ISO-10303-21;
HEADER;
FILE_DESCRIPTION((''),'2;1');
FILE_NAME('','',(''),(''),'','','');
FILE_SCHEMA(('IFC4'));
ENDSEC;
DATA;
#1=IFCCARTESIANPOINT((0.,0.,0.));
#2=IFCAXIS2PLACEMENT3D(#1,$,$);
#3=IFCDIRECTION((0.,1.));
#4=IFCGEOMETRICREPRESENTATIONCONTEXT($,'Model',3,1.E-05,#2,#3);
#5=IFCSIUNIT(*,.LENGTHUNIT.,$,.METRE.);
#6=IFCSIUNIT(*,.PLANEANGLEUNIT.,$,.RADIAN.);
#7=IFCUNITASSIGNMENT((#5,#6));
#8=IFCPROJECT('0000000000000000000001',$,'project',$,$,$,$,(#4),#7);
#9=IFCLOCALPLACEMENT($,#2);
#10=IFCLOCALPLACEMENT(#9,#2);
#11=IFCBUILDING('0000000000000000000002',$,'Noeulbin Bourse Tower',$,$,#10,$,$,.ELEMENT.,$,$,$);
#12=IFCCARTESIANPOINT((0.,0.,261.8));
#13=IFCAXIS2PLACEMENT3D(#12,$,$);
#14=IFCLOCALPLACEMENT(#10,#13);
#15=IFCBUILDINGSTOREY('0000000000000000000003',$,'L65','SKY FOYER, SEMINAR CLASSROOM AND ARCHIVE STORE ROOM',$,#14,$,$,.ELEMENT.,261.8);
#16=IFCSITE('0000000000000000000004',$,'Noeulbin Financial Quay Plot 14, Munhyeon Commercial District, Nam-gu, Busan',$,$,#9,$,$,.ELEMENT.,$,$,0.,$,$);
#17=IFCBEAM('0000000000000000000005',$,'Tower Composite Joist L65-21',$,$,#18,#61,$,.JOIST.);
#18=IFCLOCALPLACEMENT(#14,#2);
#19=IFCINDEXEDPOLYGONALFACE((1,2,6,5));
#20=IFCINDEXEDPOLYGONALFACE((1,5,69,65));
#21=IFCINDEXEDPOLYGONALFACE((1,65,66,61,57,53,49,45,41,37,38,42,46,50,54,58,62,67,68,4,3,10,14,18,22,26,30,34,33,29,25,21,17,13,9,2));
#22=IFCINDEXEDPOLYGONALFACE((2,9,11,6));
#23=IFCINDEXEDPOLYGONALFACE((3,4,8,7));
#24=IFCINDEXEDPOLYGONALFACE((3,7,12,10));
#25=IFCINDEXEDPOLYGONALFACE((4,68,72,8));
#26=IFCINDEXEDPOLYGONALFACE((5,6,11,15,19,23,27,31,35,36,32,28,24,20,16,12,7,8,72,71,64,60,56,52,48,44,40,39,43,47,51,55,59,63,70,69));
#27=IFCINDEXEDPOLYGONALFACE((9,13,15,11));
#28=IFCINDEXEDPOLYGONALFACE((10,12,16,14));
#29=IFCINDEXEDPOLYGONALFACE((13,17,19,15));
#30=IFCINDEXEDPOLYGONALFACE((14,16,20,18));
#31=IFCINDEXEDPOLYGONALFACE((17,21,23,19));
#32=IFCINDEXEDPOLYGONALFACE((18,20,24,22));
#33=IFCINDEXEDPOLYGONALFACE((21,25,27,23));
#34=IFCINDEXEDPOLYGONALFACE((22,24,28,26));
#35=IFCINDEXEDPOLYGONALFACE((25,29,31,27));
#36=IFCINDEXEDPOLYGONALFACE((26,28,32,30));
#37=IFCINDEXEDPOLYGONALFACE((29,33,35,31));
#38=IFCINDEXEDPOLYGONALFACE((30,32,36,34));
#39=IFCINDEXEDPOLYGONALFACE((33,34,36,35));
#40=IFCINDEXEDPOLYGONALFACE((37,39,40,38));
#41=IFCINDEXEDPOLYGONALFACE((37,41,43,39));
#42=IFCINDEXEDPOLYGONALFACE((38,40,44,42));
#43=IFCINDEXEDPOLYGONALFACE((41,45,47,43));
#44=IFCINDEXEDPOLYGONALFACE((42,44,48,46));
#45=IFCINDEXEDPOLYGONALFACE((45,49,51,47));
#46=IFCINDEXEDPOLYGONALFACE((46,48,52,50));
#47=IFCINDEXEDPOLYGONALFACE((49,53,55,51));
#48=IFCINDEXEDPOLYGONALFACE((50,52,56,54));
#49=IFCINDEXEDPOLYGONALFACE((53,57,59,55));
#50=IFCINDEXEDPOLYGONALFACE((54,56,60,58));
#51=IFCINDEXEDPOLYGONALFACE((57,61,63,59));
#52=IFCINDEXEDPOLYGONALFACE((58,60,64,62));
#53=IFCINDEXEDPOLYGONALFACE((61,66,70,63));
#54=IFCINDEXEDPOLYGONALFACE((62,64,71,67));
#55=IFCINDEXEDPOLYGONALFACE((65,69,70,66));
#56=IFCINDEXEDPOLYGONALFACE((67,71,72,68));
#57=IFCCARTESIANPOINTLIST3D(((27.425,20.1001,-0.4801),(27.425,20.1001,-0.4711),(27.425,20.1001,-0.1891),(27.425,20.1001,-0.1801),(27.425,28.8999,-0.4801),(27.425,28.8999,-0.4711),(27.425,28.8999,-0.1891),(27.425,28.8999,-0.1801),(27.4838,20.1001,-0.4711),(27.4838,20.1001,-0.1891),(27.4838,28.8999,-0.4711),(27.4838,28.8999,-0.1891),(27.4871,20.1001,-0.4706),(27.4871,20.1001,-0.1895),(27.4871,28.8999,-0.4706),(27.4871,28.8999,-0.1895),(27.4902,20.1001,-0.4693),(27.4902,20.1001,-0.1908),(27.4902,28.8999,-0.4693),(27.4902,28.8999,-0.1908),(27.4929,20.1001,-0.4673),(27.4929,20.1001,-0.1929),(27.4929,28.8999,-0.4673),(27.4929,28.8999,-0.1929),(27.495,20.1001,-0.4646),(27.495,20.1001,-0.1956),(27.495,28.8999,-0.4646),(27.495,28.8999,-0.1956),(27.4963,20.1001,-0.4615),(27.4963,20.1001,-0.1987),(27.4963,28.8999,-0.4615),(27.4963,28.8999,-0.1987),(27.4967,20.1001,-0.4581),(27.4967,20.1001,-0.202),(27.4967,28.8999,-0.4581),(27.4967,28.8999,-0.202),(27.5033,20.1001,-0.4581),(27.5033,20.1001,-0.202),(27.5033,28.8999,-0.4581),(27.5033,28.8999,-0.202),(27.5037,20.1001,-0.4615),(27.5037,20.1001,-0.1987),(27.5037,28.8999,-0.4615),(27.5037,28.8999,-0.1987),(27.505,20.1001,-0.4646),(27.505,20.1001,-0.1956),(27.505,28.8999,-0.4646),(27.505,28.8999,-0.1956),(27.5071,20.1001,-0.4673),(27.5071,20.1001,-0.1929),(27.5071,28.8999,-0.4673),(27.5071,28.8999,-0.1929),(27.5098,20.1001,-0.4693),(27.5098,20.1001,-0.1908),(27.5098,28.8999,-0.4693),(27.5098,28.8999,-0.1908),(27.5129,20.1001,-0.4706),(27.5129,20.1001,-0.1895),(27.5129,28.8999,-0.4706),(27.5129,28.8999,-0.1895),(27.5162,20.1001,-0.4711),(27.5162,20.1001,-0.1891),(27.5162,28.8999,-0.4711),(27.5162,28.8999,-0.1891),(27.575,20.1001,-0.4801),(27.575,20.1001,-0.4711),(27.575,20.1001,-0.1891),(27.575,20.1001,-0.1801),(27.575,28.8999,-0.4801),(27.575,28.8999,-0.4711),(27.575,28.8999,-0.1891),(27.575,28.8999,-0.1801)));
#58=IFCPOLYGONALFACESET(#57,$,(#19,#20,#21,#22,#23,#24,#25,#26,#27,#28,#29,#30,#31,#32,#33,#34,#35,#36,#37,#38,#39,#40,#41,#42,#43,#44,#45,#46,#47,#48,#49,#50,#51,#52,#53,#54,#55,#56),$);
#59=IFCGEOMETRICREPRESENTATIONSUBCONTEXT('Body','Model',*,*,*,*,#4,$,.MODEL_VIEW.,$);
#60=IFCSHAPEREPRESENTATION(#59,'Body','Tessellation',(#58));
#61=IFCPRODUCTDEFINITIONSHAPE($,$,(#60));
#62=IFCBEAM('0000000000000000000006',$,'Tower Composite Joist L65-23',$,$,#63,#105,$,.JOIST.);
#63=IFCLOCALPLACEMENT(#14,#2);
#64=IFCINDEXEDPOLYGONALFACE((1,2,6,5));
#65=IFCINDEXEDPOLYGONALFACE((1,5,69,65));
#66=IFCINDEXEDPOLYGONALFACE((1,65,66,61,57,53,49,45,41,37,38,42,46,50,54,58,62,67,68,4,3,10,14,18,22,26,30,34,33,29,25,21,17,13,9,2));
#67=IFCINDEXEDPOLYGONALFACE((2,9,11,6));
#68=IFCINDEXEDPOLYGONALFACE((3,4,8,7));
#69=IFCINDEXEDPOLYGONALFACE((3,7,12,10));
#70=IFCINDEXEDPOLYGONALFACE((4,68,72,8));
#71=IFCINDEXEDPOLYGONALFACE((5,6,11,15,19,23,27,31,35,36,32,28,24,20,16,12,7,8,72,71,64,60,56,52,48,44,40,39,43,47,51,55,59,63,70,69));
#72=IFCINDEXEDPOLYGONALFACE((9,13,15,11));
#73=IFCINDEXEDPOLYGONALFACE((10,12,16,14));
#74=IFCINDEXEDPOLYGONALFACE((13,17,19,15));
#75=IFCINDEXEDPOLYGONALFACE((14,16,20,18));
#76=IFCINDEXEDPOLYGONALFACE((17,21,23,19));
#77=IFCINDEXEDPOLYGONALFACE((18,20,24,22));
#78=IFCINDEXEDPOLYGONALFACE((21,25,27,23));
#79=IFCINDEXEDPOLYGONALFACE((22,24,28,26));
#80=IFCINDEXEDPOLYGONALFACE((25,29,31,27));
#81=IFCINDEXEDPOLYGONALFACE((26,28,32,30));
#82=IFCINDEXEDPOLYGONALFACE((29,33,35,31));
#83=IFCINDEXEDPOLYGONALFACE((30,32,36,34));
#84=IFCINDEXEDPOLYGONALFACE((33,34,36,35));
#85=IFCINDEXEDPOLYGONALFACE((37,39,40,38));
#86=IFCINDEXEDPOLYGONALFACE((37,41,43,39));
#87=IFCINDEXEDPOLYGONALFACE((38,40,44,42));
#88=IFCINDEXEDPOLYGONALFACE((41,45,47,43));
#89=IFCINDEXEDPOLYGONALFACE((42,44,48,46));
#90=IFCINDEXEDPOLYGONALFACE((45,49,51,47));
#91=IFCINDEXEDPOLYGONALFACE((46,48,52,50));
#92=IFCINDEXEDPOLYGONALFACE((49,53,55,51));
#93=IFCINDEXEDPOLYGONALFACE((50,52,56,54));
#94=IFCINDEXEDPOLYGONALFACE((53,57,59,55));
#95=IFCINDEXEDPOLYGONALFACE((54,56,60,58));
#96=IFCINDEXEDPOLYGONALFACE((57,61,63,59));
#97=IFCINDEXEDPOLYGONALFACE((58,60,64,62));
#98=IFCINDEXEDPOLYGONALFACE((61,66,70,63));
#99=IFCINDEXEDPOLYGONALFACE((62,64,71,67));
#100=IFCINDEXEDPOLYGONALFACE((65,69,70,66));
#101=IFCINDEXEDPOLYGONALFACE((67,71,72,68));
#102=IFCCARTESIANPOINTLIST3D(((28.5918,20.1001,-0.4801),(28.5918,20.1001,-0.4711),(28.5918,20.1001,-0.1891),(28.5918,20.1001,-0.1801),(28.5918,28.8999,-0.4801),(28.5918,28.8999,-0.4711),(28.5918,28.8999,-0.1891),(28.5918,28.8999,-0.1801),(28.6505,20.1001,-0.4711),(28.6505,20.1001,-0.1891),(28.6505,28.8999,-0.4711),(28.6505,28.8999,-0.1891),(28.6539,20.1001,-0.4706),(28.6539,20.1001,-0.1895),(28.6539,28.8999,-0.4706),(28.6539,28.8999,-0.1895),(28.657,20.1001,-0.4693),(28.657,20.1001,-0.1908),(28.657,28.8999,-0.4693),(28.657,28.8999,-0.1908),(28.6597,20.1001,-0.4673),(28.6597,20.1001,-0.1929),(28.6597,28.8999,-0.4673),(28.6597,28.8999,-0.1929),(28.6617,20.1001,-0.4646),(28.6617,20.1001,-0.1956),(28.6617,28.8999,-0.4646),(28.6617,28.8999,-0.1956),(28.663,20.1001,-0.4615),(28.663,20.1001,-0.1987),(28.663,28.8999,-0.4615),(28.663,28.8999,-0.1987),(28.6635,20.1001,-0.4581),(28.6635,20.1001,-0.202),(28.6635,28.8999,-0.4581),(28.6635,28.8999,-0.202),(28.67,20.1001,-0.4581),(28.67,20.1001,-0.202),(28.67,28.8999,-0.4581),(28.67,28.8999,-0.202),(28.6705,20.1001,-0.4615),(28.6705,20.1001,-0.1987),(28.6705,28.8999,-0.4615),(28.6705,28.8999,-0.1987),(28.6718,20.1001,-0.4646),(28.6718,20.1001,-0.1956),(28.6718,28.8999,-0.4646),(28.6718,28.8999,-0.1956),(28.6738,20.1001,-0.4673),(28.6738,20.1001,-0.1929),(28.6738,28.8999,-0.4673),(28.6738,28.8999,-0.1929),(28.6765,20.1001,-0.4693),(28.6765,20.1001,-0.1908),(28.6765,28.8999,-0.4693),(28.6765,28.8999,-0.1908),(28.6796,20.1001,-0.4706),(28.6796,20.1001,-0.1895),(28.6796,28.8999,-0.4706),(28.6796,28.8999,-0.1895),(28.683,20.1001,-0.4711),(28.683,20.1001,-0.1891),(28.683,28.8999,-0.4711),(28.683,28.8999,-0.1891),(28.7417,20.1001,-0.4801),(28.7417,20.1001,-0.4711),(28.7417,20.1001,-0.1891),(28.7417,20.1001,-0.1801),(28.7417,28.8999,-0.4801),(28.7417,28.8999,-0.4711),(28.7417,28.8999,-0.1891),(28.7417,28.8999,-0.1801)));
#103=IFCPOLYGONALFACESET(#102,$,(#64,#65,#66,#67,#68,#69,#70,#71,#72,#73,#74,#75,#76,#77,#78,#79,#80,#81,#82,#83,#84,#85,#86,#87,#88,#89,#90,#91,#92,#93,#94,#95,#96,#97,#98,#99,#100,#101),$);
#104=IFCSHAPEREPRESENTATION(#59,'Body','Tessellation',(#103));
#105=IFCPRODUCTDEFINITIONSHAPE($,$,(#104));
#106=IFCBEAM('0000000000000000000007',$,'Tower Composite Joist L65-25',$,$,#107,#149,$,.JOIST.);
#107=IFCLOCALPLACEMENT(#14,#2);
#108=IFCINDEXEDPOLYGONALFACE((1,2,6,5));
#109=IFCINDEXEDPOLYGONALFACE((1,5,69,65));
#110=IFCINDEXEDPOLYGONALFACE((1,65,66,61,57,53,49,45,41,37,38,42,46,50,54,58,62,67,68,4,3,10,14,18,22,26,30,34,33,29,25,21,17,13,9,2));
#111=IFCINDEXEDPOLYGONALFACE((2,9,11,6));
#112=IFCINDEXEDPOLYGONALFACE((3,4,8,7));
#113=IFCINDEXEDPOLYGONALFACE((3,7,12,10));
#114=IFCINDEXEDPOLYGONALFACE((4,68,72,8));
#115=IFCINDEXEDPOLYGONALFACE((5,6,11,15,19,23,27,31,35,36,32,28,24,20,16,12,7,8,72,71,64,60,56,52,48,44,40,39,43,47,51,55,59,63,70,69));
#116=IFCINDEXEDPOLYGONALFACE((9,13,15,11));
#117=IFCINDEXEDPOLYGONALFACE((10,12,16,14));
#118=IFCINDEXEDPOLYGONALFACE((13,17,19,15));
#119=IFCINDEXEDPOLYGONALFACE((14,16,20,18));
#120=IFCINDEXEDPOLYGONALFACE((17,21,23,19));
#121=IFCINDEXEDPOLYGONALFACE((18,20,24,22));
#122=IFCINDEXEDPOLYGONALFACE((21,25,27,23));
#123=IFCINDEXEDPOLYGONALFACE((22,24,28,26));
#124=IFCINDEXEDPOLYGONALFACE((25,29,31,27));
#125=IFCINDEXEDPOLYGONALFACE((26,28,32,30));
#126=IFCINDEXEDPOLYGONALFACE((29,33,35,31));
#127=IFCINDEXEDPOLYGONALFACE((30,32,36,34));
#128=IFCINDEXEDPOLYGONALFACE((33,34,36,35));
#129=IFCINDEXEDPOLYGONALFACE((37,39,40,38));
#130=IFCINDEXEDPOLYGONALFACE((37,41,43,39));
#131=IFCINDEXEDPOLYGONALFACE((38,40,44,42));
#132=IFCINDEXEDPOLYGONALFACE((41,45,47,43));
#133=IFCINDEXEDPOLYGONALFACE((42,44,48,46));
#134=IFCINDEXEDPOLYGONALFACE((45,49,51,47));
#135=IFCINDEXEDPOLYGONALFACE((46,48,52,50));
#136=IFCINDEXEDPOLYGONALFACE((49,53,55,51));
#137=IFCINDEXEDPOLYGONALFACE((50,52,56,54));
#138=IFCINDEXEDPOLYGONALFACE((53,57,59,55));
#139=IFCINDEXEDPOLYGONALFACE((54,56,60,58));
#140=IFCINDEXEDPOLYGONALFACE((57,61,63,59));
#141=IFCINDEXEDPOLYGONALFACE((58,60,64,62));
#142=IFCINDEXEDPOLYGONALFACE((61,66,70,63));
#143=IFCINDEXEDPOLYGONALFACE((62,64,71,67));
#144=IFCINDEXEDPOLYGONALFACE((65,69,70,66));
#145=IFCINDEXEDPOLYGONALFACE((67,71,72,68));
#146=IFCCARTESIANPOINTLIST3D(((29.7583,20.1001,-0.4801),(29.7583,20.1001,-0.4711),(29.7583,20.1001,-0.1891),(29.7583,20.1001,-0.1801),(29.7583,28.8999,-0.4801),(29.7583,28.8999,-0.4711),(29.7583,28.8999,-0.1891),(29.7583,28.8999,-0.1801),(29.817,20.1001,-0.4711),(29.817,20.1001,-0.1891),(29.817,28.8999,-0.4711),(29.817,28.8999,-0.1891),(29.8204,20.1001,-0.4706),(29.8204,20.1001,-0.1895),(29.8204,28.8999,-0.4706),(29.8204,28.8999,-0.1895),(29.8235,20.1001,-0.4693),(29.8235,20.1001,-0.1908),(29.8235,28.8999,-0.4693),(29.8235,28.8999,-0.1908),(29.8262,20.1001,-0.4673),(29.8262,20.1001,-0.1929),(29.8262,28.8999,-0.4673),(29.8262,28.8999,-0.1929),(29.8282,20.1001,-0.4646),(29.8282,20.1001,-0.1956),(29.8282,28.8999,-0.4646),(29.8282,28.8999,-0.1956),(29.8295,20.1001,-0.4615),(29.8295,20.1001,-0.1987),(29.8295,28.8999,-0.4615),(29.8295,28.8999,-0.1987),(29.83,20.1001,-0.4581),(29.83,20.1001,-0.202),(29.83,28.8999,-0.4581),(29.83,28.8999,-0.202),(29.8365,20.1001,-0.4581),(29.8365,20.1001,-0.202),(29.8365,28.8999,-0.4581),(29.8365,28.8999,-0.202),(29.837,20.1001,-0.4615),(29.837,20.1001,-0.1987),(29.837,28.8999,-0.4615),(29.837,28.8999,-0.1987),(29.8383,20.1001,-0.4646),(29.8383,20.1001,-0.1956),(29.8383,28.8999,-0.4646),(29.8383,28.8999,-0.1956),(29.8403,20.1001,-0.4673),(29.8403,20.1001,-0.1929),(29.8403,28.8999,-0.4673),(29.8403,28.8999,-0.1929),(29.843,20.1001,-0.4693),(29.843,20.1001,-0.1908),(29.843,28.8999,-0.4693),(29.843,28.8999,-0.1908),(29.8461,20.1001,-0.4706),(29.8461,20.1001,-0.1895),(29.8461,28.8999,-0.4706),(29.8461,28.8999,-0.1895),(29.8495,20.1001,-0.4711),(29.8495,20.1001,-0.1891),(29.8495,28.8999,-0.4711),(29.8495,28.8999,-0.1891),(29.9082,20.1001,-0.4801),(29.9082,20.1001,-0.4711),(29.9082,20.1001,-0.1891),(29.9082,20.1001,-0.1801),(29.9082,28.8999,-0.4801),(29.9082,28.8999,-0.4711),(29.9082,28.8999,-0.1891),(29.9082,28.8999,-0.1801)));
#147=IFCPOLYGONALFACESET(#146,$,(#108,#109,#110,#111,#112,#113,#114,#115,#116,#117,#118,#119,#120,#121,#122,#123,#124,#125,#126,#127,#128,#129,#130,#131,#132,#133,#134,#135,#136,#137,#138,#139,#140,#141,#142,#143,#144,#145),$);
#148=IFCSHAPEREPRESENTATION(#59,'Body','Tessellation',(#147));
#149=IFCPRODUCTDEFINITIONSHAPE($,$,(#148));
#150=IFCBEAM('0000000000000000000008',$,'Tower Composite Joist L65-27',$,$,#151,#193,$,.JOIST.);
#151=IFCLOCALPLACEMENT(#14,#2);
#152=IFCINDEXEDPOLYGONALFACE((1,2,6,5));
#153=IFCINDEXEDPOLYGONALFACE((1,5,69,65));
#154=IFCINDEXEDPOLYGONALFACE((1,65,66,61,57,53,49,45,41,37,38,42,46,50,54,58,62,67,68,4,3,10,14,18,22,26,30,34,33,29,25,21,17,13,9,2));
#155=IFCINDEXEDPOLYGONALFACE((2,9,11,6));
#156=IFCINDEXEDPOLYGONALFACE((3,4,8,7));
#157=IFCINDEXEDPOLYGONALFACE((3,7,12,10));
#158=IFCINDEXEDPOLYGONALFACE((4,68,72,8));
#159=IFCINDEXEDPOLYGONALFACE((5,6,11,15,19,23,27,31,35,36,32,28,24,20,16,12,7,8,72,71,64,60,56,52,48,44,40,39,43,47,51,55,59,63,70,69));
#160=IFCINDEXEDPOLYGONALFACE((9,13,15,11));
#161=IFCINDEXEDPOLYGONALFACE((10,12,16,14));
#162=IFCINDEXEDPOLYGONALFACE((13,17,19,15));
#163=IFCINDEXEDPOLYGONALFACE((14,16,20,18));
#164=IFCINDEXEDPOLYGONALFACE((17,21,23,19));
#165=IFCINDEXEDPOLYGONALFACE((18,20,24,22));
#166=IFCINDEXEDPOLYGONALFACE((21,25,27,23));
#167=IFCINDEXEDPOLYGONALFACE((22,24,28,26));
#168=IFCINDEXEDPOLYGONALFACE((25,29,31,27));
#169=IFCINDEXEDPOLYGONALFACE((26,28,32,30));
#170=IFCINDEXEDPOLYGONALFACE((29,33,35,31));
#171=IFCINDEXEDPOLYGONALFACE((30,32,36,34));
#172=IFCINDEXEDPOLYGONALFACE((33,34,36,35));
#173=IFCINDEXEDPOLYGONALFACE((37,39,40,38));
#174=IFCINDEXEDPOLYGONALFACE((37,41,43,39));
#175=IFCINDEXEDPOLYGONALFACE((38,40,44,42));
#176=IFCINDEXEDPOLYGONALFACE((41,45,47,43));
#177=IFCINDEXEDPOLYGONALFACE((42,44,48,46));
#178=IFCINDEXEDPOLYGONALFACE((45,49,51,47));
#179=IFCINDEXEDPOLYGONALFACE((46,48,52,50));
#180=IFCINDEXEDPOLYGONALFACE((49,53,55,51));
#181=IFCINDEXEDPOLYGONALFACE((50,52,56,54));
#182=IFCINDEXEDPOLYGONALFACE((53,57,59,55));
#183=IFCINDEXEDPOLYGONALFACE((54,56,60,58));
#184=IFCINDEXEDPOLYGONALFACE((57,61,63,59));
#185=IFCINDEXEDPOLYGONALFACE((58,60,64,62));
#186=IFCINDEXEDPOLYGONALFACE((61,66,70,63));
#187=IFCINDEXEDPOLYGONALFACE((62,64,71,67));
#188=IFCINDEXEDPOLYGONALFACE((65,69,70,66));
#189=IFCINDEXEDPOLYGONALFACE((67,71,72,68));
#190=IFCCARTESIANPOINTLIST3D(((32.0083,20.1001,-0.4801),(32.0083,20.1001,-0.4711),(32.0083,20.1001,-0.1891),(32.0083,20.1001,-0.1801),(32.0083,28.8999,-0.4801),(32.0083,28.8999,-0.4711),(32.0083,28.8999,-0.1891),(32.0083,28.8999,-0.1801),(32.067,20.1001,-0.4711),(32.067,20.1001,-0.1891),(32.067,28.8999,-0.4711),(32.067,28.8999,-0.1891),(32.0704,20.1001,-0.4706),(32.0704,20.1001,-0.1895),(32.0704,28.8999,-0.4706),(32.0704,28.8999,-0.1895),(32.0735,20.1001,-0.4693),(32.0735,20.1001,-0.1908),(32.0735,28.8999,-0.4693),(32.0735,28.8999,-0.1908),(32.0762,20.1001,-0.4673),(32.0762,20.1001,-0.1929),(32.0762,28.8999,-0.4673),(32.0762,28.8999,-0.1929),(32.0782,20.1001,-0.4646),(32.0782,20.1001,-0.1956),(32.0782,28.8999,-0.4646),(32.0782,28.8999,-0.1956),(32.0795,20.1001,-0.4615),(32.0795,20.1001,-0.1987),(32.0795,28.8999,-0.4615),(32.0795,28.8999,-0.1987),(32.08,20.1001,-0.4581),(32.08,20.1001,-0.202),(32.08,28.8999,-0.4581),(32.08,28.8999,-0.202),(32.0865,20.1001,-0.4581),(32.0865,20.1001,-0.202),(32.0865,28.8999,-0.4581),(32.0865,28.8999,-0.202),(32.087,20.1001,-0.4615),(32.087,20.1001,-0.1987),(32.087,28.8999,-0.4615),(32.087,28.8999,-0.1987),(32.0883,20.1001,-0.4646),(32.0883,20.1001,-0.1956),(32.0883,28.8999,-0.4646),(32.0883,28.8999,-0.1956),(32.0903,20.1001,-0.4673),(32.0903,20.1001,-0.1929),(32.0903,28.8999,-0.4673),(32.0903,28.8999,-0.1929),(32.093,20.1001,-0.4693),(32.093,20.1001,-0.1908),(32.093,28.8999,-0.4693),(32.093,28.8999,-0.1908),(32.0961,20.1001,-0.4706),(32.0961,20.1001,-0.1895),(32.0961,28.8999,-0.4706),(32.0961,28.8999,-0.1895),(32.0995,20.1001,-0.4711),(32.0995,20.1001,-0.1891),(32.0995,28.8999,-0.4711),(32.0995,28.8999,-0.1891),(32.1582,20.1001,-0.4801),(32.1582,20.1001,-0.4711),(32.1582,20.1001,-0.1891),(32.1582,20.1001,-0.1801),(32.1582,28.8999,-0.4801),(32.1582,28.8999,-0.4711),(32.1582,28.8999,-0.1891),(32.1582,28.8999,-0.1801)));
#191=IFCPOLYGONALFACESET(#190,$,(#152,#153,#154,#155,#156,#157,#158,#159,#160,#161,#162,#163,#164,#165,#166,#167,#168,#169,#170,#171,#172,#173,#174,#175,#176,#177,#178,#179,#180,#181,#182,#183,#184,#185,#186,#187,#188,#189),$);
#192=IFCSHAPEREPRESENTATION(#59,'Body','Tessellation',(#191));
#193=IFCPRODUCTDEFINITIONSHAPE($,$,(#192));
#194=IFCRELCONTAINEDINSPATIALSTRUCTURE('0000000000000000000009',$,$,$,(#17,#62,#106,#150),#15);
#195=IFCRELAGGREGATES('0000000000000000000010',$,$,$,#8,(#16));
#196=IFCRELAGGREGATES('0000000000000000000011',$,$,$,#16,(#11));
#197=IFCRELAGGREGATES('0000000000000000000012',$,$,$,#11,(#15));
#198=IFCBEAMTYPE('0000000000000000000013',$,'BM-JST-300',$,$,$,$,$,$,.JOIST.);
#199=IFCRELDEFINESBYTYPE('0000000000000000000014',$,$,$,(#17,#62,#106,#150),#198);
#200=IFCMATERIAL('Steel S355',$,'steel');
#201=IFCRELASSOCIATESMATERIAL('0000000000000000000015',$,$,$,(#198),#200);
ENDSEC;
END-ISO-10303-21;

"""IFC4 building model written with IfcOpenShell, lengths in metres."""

from ifc_helpers import new_model, si_unit, direction, frame, origin, origin_2d, place, context, subcontext, project, spatial, i_section, extrude, material, material_profile, profile_set, type_object, element, save


model = new_model("IFC4")

# Units and contexts
model_context = context("Model", 3, precision=1e-05, world=origin(), true_north=direction((0.0, 1.0)))
body_context = subcontext(model_context, "Body", "Model", "MODEL_VIEW")
ifc_project = project(units=[si_unit("LENGTHUNIT", "METRE"), si_unit("PLANEANGLEUNIT", "RADIAN")], contexts=[model_context])

# Site, building, storey
site_placement = place(None, origin())
site = spatial("IfcSite", under=ifc_project, at=site_placement, Name="Noeulbin Financial Quay Plot 14, Munhyeon Commercial District, Nam-gu, Busan", CompositionType="ELEMENT", RefElevation=0.0)
building_placement = place(site_placement, origin())
building = spatial("IfcBuilding", under=site, at=building_placement, Name="Noeulbin Bourse Tower", CompositionType="ELEMENT")
storey_placement = place(building_placement, frame((0.0, 0.0, 261.8)))
storey = spatial("IfcBuildingStorey", under=building, at=storey_placement, Name="L65", Description="SKY FOYER, SEMINAR CLASSROOM AND ARCHIVE STORE ROOM", CompositionType="ELEMENT", Elevation=261.8)

# Shared definitions
ifc_material_1 = material(Name="Steel S355", Category="steel")

# Beams
ifc_material_profile_1 = material_profile(ifc_material_1, i_section(OverallWidth=0.1499, OverallDepth=0.3, WebThickness=0.0066, FlangeThickness=0.009, FilletRadius=0.0129, at=origin_2d()), Name="H-300x150x6.5x9", Category="LoadBearing")
ifc_profile_set_1 = profile_set([ifc_material_profile_1], Name="Steel S355")
beam_type_1 = type_object("IfcBeamType", Name="BM-JST-300", PredefinedType="JOIST", material=ifc_profile_set_1)
for number, where, z_axis, x_axis, name in (
    (1, (27.5, 20.1001, -0.3301), (0.0, 1.0, 0.0), (-1.0, 0.0, 0.0), "Tower Composite Joist L65-21"),
    (2, (28.6667, 20.1001, -0.3301), (0.0, 1.0, 0.0), (-1.0, 0.0, 0.0), "Tower Composite Joist L65-23"),
    (3, (29.8333, 20.1001, -0.3301), (0.0, 1.0, 0.0), (-1.0, 0.0, 0.0), "Tower Composite Joist L65-25"),
    (4, (32.0833, 20.1001, -0.3301), (0.0, 1.0, 0.0), (-1.0, 0.0, 0.0), "Tower Composite Joist L65-27"),
):
    element("IfcBeam", number, at=place(storey_placement, frame(where, z_axis=z_axis, x_axis=x_axis)), inside=storey, type_object=beam_type_1, Name=name, PredefinedType="JOIST", context=body_context, shape_type="SweptSolid", body=[
        extrude(i_section(OverallWidth=0.1499, OverallDepth=0.3, WebThickness=0.0066, FlangeThickness=0.009, FilletRadius=0.0129, at=origin_2d()), origin(), (0.0, 0.0, 1.0), 8.7998),
    ])

save(model, "model.ifc")
